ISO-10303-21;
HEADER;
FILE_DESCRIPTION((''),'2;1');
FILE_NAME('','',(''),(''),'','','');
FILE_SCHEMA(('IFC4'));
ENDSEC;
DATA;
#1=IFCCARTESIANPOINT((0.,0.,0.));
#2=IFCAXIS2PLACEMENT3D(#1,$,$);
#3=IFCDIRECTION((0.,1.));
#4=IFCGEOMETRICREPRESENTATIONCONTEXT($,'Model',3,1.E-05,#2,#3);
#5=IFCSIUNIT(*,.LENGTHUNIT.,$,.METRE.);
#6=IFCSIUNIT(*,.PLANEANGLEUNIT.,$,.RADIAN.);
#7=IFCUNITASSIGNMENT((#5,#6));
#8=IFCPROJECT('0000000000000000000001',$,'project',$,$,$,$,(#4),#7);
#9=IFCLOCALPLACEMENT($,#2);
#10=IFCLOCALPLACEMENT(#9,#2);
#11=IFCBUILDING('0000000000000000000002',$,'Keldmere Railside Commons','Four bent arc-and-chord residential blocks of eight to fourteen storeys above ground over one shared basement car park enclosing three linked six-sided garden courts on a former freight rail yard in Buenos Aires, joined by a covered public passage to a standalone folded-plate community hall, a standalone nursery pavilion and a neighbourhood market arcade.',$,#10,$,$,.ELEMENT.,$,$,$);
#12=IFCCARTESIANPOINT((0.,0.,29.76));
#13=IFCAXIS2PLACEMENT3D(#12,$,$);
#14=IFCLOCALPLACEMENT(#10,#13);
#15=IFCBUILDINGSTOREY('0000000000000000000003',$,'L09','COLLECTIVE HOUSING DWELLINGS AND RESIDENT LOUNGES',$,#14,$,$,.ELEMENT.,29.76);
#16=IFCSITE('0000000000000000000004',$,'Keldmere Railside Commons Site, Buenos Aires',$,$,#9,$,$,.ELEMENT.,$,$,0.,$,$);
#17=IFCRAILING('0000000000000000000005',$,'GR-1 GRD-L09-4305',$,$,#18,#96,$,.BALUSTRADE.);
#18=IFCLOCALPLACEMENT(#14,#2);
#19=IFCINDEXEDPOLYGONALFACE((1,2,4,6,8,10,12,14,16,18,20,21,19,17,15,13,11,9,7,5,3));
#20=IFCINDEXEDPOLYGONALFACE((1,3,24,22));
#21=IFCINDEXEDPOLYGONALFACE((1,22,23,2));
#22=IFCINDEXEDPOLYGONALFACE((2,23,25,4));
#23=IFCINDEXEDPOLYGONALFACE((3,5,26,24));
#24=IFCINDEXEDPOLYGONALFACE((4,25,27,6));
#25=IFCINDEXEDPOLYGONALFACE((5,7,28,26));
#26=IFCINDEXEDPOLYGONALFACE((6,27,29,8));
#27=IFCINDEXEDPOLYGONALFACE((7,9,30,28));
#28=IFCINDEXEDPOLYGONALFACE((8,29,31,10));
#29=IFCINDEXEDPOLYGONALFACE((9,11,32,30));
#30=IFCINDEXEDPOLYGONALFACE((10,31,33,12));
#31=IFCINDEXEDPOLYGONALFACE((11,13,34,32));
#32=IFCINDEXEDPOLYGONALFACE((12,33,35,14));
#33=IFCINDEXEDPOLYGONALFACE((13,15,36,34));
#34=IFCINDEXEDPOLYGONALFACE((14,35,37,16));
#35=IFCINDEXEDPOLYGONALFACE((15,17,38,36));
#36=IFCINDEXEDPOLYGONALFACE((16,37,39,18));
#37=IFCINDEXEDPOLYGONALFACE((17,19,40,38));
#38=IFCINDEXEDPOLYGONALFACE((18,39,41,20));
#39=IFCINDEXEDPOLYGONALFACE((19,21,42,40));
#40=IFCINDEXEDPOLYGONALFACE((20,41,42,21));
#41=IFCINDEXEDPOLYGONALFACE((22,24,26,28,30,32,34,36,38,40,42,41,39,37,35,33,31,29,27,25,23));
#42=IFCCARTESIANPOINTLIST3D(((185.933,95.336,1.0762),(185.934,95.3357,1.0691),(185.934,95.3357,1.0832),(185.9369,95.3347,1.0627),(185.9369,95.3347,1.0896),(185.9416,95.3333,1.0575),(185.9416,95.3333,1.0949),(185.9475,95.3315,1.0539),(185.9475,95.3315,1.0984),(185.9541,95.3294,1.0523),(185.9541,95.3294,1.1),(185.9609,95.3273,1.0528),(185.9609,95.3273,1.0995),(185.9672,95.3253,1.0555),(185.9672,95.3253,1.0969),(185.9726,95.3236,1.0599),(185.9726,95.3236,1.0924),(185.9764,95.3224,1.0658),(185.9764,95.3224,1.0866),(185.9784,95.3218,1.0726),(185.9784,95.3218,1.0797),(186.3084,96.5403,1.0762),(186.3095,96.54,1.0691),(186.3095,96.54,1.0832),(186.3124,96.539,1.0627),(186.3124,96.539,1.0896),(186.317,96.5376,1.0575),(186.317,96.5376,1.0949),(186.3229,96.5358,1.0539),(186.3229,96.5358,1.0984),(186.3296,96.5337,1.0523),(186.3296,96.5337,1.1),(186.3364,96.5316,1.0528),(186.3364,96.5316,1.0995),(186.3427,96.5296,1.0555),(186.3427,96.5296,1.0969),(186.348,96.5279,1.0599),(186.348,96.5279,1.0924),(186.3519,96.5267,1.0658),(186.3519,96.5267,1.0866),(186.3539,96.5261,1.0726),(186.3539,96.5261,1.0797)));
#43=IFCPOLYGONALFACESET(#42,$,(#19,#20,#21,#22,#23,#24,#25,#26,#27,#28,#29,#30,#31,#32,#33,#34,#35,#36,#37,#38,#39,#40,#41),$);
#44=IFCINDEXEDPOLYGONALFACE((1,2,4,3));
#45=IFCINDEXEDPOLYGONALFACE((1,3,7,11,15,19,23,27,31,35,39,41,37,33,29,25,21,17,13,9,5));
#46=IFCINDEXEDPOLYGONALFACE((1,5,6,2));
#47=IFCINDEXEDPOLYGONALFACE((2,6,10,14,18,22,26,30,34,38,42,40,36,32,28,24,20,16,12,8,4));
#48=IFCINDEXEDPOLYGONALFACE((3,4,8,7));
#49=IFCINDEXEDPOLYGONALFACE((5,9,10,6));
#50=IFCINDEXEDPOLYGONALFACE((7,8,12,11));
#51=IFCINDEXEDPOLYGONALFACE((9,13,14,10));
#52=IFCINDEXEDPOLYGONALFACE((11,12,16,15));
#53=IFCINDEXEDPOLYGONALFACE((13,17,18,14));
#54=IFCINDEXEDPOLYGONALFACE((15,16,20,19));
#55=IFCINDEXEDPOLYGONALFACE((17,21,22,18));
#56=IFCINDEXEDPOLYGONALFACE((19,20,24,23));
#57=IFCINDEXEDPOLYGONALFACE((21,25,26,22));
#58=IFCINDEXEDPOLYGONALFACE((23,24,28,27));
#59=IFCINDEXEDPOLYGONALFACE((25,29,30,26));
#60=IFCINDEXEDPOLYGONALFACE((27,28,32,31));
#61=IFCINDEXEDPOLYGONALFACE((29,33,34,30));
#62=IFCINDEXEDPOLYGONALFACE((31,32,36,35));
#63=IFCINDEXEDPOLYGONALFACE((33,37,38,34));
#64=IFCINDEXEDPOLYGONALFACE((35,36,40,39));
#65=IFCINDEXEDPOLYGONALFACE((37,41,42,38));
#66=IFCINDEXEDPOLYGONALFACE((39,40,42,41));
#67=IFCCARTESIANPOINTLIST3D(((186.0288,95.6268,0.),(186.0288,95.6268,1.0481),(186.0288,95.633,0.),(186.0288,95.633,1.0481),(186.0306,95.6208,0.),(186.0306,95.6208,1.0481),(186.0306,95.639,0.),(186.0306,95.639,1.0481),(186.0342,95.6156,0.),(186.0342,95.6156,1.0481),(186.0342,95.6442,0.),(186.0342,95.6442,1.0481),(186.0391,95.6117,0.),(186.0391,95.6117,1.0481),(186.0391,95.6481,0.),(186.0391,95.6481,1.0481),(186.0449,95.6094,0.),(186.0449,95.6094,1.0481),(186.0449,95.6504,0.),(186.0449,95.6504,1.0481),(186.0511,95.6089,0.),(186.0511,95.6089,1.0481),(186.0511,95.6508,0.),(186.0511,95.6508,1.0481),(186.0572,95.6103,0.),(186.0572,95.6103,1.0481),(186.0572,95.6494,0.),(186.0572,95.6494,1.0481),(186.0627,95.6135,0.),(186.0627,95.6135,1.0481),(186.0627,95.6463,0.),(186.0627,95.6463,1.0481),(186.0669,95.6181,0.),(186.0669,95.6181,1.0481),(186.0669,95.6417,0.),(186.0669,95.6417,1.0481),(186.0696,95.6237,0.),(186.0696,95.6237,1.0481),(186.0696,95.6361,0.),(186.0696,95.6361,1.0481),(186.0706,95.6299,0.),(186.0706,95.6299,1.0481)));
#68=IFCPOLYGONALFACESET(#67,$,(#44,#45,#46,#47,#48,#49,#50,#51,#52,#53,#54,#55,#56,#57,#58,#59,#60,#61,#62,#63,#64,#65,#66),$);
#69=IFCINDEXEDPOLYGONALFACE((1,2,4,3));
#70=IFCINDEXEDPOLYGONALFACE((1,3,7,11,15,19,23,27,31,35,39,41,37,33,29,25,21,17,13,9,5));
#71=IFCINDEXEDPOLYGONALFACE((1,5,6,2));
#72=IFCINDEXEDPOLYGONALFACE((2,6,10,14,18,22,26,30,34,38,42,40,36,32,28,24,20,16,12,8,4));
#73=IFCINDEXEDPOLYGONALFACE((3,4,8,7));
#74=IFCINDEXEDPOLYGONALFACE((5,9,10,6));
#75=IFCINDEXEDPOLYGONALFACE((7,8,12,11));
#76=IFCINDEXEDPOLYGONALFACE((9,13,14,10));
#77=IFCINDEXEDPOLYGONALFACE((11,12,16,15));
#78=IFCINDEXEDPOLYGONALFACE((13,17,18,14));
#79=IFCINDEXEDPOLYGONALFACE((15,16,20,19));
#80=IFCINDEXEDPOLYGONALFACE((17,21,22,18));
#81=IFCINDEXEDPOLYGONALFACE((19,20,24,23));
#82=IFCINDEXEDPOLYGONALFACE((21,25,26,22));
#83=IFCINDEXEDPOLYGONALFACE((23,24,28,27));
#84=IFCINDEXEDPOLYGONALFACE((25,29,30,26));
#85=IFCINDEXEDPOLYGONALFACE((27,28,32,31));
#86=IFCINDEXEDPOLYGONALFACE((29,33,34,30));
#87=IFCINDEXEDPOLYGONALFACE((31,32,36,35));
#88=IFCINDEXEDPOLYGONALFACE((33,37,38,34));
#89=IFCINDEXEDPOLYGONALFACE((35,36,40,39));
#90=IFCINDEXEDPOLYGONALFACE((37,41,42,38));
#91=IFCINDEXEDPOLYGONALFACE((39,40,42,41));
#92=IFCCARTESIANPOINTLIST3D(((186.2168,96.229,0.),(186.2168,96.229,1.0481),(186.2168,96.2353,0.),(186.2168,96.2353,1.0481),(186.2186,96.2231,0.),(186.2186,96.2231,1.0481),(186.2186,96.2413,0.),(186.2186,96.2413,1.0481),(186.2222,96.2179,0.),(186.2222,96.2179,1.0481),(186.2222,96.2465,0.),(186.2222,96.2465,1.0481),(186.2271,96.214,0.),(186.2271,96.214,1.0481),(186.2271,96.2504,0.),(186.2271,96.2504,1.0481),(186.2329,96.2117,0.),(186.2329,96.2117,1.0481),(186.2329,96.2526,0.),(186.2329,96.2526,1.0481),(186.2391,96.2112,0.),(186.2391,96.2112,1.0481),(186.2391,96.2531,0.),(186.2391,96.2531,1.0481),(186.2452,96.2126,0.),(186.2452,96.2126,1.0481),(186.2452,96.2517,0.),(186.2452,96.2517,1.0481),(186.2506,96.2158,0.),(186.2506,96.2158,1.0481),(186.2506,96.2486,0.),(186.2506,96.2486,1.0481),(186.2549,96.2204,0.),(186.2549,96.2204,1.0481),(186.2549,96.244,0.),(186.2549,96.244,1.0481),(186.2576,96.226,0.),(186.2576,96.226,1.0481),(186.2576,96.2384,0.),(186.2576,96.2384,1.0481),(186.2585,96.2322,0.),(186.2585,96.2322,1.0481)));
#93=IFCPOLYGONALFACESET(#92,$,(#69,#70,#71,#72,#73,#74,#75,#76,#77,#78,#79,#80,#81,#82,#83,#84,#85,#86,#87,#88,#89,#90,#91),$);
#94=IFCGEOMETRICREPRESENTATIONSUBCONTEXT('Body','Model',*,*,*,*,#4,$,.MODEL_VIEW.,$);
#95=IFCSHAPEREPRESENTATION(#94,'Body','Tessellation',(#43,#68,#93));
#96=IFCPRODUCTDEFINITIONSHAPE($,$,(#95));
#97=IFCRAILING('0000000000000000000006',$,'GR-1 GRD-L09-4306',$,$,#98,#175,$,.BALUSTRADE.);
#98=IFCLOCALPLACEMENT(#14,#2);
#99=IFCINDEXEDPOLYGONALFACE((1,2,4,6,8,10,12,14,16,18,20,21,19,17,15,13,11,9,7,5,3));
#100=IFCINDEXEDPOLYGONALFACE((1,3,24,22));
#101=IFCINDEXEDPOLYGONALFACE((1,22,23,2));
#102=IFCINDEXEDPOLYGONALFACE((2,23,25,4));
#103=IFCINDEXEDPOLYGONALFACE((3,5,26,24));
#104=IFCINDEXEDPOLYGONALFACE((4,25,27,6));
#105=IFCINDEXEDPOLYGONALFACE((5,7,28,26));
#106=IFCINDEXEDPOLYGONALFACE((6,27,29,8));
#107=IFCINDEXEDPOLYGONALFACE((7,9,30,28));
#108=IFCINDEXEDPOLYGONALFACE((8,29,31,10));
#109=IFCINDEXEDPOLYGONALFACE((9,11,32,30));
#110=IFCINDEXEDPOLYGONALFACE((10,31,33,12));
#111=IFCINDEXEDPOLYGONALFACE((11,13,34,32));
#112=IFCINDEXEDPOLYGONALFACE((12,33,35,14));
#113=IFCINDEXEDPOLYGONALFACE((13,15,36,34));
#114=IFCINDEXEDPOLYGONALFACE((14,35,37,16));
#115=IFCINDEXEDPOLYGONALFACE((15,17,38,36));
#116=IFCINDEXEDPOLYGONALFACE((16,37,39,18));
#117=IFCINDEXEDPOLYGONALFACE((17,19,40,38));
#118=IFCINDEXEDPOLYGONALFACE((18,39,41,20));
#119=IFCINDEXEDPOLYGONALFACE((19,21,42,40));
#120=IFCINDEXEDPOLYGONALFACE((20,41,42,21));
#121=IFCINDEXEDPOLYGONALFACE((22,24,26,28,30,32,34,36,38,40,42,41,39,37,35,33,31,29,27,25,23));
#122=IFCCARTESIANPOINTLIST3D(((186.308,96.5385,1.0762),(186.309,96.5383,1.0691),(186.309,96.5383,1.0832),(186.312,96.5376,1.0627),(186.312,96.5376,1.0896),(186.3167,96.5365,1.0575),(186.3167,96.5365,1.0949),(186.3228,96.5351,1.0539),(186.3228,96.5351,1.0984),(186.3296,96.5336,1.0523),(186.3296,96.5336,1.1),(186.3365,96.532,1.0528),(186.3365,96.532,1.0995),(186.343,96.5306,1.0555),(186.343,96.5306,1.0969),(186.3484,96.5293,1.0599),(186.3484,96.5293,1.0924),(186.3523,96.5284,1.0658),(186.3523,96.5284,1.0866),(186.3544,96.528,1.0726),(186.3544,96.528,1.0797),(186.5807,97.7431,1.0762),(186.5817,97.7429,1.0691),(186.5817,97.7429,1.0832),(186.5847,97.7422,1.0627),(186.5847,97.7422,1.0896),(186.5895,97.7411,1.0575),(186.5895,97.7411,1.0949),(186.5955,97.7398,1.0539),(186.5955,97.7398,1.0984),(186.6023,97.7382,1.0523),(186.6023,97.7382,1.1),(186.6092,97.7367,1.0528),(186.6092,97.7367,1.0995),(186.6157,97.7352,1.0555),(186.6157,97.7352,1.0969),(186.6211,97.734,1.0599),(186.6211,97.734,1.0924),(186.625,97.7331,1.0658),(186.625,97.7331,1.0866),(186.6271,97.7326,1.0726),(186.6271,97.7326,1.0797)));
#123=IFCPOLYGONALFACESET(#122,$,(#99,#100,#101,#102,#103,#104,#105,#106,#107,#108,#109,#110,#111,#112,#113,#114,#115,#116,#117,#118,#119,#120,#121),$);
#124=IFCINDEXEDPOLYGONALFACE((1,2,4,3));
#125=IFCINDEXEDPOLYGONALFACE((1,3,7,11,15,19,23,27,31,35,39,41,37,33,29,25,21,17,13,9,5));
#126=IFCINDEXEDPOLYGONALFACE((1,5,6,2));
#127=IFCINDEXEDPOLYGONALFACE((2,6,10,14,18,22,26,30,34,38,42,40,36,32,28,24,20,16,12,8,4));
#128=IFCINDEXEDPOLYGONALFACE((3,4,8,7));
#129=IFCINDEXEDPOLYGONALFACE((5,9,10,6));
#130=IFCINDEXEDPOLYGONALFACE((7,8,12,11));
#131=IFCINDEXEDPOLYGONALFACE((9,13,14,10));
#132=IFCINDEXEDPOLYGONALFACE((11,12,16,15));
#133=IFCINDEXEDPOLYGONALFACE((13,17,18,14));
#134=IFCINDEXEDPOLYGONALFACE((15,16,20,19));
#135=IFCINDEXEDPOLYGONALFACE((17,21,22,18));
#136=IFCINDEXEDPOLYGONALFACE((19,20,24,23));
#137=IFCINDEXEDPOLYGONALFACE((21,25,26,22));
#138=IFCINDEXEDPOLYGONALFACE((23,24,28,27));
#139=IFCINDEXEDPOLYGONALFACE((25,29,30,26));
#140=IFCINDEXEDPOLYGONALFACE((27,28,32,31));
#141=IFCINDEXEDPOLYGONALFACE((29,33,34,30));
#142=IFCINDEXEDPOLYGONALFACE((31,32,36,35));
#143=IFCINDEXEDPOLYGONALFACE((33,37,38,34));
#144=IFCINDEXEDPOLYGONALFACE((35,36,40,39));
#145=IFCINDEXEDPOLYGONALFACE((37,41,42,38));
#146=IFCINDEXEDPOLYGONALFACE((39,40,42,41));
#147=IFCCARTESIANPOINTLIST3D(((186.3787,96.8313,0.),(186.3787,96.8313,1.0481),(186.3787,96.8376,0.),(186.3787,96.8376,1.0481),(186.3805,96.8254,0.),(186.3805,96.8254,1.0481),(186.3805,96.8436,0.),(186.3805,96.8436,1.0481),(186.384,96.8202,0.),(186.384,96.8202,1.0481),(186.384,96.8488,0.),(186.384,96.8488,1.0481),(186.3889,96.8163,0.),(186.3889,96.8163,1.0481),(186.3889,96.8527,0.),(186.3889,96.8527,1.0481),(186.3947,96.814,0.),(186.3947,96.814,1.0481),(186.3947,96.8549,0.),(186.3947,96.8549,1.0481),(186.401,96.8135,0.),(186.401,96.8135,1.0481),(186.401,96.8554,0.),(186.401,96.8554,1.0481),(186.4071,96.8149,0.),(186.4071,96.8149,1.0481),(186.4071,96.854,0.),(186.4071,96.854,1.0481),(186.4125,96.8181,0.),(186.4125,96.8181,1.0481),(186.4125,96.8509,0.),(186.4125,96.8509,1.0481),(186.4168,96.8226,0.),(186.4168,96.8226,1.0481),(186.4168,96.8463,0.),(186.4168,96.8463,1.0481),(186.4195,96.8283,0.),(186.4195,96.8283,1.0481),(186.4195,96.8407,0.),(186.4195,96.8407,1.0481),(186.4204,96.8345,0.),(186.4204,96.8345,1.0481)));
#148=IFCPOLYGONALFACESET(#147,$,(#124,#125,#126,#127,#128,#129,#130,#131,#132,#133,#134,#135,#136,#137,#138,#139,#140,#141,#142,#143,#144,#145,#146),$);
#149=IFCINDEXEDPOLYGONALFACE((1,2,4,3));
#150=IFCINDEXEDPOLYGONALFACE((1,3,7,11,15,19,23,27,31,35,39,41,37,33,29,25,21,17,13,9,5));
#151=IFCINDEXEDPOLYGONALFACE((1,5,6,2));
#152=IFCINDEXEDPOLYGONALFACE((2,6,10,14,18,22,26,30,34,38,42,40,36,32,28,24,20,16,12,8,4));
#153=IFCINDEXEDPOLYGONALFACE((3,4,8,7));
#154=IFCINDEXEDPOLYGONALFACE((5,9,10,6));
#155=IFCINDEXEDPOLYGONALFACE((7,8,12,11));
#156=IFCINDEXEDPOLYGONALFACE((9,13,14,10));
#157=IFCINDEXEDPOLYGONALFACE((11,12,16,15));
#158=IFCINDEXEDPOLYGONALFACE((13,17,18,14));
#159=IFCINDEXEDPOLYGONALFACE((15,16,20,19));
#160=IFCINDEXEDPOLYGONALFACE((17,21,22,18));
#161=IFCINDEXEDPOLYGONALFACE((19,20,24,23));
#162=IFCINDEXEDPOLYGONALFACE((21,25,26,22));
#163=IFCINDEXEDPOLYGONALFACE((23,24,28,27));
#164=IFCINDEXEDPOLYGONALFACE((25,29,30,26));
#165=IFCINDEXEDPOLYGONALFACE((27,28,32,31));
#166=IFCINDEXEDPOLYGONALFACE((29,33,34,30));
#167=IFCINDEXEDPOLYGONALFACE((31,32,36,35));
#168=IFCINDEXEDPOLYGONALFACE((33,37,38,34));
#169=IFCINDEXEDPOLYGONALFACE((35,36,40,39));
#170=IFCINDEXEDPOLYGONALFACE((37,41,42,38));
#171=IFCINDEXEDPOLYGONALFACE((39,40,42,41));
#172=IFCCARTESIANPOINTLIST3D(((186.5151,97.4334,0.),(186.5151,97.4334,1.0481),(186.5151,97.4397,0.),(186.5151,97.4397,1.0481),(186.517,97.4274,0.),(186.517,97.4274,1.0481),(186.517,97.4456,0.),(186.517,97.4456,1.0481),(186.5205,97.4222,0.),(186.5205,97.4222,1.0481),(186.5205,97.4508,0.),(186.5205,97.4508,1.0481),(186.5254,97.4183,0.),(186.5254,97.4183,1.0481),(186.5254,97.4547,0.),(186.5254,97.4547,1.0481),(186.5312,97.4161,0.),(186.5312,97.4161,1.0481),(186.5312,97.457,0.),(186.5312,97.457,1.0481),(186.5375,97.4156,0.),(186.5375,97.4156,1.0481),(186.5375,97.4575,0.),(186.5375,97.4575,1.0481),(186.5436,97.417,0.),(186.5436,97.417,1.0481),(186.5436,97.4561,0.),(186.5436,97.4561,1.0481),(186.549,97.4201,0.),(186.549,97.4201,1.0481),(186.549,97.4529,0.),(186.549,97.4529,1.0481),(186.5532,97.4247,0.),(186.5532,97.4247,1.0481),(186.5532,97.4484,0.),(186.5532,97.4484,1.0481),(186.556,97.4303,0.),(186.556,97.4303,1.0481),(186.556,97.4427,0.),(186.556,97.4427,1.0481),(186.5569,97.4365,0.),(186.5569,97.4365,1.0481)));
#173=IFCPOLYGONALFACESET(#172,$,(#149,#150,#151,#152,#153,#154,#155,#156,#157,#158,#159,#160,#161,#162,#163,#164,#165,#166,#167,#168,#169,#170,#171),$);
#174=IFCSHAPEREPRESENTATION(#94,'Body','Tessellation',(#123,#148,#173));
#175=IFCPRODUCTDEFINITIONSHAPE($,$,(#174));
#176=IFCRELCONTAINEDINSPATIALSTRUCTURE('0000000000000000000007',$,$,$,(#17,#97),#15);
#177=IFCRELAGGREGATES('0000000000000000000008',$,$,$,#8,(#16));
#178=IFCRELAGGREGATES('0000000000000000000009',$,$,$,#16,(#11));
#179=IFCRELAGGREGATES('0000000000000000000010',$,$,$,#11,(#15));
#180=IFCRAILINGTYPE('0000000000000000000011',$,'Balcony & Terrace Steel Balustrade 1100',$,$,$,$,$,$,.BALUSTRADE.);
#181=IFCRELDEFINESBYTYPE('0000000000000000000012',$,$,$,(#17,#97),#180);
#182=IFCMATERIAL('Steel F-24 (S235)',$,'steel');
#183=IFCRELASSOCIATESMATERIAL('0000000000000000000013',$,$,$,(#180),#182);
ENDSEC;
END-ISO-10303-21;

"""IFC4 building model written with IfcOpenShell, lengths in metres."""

from ifc_helpers import new_model, si_unit, direction, frame, origin, origin_2d, place, context, subcontext, project, spatial, circle, extrude, material, type_object, element, save


model = new_model("IFC4")

# Units and contexts
model_context = context("Model", 3, precision=1e-05, world=origin(), true_north=direction((0.0, 1.0)))
body_context = subcontext(model_context, "Body", "Model", "MODEL_VIEW")
ifc_project = project(units=[si_unit("LENGTHUNIT", "METRE"), si_unit("PLANEANGLEUNIT", "RADIAN")], contexts=[model_context])

# Site, building, storey
site_placement = place(None, origin())
site = spatial("IfcSite", under=ifc_project, at=site_placement, Name="Keldmere Railside Commons Site, Buenos Aires", CompositionType="ELEMENT", RefElevation=0.0)
building_placement = place(site_placement, origin())
building = spatial("IfcBuilding", under=site, at=building_placement, Name="Keldmere Railside Commons", Description="Four bent arc-and-chord residential blocks of eight to fourteen storeys above ground over one shared basement car park enclosing three linked six-sided garden courts on a former freight rail yard in Buenos Aires, joined by a covered public passage to a standalone folded-plate community hall, a standalone nursery pavilion and a neighbourhood market arcade.", CompositionType="ELEMENT")
storey_placement = place(building_placement, frame((0.0, 0.0, 29.76)))
storey = spatial("IfcBuildingStorey", under=building, at=storey_placement, Name="L09", Description="COLLECTIVE HOUSING DWELLINGS AND RESIDENT LOUNGES", CompositionType="ELEMENT", Elevation=29.76)

# Railings
ifc_material_1 = material(Name="Steel F-24 (S235)", Category="steel")
railing_type = type_object("IfcRailingType", Name="Balcony & Terrace Steel Balustrade 1100", PredefinedType="BALUSTRADE", material=ifc_material_1)
railing_1_placement = place(storey_placement, frame((185.9558, 95.3289, 0.0)))
element("IfcRailing", 1, at=railing_1_placement, inside=storey, type_object=railing_type, Name="GR-1 GRD-L09-4305", PredefinedType="BALUSTRADE", context=body_context, shape_type="SweptSolid", body=[
    extrude(circle(Radius=0.0239, at=origin_2d()), frame((0.0, 0.0, 1.0762), z_axis=(0.297647, 0.954676, 0.0), x_axis=(-0.954676, 0.297647, 0.0)), (0.0, 0.0, 1.0), 1.2615),
    extrude(circle(Radius=0.021, at=origin_2d()), frame((0.0938, 0.301, 0.0)), (0.0, 0.0, 1.0), 1.0481),
    extrude(circle(Radius=0.021, at=origin_2d()), frame((0.2817, 0.9033, 0.0)), (0.0, 0.0, 1.0), 1.0481),
])
railing_2_placement = place(storey_placement, frame((186.3313, 96.5332, 0.0)))
element("IfcRailing", 2, at=railing_2_placement, inside=storey, type_object=railing_type, Name="GR-1 GRD-L09-4306", PredefinedType="BALUSTRADE", context=body_context, shape_type="SweptSolid", body=[
    extrude(circle(Radius=0.0239, at=origin_2d()), frame((0.0, 0.0, 1.0762), z_axis=(0.220801, 0.975319, 0.0), x_axis=(-0.975319, 0.220801, 0.0)), (0.0, 0.0, 1.0), 1.2351),
    extrude(circle(Radius=0.021, at=origin_2d()), frame((0.0681, 0.3013, 0.0)), (0.0, 0.0, 1.0), 1.0481),
    extrude(circle(Radius=0.021, at=origin_2d()), frame((0.2046, 0.9033, 0.0)), (0.0, 0.0, 1.0), 1.0481),
])

save(model, "model.ifc")
